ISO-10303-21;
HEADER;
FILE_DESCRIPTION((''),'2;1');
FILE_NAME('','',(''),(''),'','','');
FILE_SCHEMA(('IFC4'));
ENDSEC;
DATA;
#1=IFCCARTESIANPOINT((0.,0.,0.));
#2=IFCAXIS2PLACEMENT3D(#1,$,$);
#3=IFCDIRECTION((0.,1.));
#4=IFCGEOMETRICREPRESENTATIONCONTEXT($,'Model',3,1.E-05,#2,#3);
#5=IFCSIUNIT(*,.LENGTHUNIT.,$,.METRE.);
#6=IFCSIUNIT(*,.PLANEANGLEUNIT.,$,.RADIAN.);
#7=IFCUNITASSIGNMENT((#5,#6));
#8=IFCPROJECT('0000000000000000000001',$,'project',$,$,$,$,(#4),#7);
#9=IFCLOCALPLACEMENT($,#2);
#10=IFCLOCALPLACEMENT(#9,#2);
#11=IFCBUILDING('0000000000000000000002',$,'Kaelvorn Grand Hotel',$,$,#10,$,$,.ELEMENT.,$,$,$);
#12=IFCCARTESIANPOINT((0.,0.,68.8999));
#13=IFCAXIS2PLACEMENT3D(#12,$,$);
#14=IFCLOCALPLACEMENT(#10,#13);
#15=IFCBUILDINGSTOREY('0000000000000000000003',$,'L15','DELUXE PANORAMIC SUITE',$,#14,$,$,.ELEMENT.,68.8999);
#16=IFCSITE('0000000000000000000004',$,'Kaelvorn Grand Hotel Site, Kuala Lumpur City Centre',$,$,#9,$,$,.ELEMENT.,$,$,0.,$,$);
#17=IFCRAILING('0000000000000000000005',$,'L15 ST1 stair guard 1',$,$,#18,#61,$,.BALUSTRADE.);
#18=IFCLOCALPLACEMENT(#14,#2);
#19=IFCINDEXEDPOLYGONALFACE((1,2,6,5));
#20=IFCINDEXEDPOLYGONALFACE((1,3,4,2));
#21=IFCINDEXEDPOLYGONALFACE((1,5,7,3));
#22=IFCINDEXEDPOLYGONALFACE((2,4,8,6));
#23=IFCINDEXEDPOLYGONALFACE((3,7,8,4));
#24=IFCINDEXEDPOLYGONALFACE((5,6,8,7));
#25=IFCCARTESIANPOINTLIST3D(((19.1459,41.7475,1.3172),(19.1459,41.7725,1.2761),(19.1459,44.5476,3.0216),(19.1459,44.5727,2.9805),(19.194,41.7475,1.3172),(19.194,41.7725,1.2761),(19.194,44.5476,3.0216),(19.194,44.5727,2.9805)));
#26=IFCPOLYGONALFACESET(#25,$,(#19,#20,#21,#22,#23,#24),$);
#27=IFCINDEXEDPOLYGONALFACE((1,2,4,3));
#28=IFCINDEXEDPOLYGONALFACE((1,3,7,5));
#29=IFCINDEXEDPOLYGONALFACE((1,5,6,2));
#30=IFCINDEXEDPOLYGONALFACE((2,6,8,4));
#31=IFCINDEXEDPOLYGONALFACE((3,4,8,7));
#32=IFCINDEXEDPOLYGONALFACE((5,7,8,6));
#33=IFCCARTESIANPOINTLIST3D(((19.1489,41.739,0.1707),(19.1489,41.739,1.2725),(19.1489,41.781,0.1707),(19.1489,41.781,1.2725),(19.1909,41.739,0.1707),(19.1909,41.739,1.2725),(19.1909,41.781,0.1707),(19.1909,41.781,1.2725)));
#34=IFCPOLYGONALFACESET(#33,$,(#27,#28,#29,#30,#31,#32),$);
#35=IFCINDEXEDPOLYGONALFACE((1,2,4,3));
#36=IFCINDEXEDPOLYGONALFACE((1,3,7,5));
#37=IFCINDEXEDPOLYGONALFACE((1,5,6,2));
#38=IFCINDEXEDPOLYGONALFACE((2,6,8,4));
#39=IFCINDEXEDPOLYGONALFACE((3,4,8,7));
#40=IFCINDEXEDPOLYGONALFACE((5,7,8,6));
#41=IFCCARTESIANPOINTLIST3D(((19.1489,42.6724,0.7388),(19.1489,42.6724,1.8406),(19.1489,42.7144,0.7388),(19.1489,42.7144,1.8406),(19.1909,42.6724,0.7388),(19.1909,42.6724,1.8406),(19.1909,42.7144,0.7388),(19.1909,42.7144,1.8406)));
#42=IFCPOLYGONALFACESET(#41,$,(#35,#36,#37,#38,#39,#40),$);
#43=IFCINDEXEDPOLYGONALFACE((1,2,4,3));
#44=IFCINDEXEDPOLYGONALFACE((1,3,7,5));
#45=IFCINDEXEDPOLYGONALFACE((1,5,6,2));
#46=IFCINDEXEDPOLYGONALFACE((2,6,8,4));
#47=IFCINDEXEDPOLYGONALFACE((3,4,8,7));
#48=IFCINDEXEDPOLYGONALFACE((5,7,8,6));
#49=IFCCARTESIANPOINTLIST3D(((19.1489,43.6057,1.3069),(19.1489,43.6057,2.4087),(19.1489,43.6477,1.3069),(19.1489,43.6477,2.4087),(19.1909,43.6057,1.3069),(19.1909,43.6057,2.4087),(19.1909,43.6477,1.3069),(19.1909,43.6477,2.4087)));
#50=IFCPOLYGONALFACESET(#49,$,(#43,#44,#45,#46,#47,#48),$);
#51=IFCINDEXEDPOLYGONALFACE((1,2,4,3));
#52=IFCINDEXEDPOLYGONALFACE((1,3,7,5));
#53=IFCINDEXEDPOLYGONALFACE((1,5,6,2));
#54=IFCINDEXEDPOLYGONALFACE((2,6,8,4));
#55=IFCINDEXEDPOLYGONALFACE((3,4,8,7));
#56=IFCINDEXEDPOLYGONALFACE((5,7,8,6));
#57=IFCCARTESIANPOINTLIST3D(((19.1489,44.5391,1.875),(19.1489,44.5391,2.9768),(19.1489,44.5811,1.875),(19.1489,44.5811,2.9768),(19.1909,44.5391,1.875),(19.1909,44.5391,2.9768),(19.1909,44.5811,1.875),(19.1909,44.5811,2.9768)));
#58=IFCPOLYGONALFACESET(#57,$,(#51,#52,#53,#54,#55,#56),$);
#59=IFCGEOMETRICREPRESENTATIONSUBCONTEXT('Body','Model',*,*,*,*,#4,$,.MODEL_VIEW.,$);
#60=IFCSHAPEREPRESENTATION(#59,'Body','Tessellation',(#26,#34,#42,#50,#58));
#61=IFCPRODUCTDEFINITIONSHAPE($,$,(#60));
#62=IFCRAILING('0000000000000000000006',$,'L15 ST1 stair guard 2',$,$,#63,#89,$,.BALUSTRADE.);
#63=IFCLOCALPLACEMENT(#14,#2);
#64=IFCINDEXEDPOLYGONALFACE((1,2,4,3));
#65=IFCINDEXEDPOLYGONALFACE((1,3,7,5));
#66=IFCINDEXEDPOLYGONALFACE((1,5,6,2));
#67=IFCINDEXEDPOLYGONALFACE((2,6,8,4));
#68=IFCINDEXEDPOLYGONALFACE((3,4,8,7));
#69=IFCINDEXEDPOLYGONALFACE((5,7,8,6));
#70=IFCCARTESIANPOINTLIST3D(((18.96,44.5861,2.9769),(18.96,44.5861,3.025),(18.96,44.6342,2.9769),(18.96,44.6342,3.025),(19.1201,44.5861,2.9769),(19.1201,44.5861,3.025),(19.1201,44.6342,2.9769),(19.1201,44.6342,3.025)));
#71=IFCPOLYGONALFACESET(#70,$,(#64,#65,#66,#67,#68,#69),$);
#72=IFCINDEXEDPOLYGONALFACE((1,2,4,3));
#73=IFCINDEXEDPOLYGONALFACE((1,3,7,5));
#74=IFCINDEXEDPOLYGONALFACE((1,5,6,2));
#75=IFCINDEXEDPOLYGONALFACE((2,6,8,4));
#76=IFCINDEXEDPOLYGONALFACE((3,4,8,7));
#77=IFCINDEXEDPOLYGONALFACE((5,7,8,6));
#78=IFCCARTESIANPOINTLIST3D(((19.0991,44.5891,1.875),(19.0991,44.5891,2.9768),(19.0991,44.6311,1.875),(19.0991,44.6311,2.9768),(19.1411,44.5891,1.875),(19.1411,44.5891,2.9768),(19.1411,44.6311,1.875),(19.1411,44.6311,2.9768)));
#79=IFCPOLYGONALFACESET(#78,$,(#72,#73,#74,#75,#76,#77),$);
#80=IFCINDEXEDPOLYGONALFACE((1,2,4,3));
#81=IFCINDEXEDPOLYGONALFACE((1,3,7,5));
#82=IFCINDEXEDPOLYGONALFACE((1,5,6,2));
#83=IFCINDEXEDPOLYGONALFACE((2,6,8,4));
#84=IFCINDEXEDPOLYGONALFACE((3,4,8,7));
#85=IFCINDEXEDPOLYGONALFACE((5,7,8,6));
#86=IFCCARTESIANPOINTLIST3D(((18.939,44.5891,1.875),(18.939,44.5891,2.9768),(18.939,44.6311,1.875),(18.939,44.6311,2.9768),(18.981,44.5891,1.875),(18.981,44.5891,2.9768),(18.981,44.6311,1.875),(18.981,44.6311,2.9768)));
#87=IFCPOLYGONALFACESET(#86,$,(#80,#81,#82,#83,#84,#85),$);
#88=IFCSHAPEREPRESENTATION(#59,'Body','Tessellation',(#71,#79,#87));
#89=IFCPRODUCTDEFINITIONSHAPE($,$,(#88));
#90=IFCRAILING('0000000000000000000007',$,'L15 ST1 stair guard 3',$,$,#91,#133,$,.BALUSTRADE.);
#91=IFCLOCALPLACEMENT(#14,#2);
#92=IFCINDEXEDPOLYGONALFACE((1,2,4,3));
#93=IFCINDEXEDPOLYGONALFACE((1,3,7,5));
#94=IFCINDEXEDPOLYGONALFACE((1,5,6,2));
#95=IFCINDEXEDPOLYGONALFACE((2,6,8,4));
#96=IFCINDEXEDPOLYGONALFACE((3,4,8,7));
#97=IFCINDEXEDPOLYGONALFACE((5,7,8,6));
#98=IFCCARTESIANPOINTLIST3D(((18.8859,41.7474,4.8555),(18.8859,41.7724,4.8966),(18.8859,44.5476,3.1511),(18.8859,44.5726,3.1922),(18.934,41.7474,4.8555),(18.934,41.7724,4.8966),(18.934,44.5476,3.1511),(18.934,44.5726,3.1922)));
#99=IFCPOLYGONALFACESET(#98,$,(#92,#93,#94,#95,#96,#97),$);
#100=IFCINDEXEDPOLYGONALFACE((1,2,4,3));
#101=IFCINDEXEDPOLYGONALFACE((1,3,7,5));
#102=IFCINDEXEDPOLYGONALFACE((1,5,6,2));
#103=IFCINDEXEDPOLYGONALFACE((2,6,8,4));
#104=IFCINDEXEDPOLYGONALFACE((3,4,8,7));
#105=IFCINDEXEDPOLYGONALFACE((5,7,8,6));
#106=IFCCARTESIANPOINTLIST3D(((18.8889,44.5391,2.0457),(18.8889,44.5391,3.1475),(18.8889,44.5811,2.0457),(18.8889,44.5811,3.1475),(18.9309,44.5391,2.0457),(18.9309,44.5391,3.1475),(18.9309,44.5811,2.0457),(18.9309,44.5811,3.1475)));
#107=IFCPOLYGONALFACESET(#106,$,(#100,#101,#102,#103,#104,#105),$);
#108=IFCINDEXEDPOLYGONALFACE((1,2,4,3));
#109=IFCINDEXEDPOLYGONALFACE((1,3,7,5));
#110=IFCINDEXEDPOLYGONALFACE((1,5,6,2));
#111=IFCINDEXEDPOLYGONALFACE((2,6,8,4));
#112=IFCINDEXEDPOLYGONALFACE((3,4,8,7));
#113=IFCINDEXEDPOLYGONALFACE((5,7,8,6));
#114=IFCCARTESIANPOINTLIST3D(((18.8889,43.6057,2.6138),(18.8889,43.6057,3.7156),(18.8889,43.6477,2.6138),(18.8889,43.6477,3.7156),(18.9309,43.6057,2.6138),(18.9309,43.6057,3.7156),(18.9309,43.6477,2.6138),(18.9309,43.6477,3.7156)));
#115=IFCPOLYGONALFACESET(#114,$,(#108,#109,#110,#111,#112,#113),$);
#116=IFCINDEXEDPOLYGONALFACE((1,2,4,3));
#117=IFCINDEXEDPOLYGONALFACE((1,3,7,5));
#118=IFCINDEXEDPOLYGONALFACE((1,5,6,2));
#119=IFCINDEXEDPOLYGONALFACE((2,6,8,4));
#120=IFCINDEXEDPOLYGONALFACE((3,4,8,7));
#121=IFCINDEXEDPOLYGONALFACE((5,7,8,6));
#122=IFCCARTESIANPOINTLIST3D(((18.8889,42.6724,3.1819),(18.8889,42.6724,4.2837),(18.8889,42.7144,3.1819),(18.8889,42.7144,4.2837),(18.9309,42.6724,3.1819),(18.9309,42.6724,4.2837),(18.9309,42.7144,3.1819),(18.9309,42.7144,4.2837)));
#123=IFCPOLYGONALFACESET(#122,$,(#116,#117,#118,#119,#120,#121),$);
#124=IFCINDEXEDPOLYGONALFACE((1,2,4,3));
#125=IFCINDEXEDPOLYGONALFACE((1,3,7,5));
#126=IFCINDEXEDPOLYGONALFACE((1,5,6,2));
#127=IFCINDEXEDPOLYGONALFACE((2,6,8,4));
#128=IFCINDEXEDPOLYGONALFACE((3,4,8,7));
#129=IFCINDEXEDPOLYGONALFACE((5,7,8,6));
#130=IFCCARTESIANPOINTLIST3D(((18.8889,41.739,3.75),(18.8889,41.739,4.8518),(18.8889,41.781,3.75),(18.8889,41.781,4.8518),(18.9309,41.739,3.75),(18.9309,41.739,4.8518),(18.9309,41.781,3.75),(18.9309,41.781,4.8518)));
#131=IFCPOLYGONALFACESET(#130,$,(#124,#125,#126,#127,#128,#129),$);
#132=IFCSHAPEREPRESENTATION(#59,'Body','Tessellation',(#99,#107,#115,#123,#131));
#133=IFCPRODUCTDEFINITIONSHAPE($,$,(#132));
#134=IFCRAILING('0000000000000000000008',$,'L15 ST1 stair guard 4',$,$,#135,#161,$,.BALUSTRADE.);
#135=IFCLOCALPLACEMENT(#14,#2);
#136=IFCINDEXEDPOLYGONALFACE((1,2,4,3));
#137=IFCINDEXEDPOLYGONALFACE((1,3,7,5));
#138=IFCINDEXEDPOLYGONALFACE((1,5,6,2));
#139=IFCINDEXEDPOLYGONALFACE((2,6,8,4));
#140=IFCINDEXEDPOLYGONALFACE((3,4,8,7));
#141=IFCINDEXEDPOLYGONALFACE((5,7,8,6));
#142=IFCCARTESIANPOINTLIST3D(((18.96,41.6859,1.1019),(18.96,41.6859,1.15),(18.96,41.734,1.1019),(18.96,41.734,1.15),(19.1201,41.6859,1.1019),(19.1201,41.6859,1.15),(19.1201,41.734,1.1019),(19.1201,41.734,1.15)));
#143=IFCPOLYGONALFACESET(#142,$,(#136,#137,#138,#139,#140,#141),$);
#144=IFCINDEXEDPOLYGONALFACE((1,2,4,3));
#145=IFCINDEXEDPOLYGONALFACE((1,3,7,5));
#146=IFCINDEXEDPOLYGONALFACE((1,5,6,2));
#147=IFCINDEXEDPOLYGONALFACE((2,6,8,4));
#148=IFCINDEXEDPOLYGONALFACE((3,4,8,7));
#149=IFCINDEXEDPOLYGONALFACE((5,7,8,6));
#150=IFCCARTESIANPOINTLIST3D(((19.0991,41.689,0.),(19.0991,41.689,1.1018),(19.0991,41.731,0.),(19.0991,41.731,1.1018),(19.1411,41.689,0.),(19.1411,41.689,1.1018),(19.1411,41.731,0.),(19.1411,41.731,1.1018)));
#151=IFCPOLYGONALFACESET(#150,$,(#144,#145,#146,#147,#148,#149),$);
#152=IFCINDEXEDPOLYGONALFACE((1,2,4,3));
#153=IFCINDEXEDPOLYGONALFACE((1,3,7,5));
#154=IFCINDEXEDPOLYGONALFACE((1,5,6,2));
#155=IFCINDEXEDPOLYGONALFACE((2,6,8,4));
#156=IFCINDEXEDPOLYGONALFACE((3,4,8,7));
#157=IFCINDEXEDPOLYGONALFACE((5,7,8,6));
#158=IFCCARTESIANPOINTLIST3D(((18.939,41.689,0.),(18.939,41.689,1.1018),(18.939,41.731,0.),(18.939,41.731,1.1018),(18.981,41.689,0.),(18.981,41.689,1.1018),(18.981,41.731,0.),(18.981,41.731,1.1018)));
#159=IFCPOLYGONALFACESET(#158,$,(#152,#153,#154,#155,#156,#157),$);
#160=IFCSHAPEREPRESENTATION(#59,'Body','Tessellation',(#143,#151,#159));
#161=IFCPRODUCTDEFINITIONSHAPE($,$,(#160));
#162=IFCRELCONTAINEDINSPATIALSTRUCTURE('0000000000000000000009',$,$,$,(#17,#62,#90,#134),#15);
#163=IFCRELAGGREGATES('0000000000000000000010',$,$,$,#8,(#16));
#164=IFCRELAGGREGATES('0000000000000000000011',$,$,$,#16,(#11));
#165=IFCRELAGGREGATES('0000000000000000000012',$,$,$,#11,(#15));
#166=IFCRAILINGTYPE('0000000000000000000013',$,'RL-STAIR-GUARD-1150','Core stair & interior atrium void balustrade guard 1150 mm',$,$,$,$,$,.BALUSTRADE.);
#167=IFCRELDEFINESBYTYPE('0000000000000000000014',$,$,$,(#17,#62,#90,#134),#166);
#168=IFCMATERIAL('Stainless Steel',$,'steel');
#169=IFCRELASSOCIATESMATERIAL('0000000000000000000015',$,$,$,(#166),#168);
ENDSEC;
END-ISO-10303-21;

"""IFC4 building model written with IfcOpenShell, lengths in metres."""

from ifc_helpers import new_model, si_unit, direction, frame, origin, origin_2d, place, context, subcontext, project, spatial, rectangle, extrude, material, type_object, element, save


model = new_model("IFC4")

# Units and contexts
model_context = context("Model", 3, precision=1e-05, world=origin(), true_north=direction((0.0, 1.0)))
body_context = subcontext(model_context, "Body", "Model", "MODEL_VIEW")
ifc_project = project(units=[si_unit("LENGTHUNIT", "METRE"), si_unit("PLANEANGLEUNIT", "RADIAN")], contexts=[model_context])

# Site, building, storey
site_placement = place(None, origin())
site = spatial("IfcSite", under=ifc_project, at=site_placement, Name="Kaelvorn Grand Hotel Site, Kuala Lumpur City Centre", CompositionType="ELEMENT", RefElevation=0.0)
building_placement = place(site_placement, origin())
building = spatial("IfcBuilding", under=site, at=building_placement, Name="Kaelvorn Grand Hotel", CompositionType="ELEMENT")
storey_placement = place(building_placement, frame((0.0, 0.0, 68.8999)))
storey = spatial("IfcBuildingStorey", under=building, at=storey_placement, Name="L15", Description="DELUXE PANORAMIC SUITE", CompositionType="ELEMENT", Elevation=68.8999)

# Railings
ifc_material_1 = material(Name="Stainless Steel", Category="steel")
railing_type_1 = type_object("IfcRailingType", Name="RL-STAIR-GUARD-1150", Description="Core stair & interior atrium void balustrade guard 1150 mm", PredefinedType="BALUSTRADE", material=ifc_material_1)
railing_1_placement = place(storey_placement, frame((19.1699, 41.76, 0.1707)))
element("IfcRailing", 1, at=railing_1_placement, inside=storey, type_object=railing_type_1, Name="L15 ST1 stair guard 1", PredefinedType="BALUSTRADE", context=body_context, shape_type="SweptSolid", body=[
    extrude(rectangle(XDim=0.0481, YDim=0.0481, at=origin_2d()), frame((0.0, 0.0, 1.126), z_axis=(0.0, 0.854203, 0.51994), x_axis=(-1.0, 0.0, 0.0)), (0.0, 0.0, 1.0), 3.2781),
    extrude(rectangle(XDim=0.042, YDim=0.042, at=origin_2d()), origin(), (0.0, 0.0, 1.0), 1.1018),
    extrude(rectangle(XDim=0.042, YDim=0.042, at=origin_2d()), frame((0.0, 0.9333, 0.5681)), (0.0, 0.0, 1.0), 1.1018),
    extrude(rectangle(XDim=0.042, YDim=0.042, at=origin_2d()), frame((0.0, 1.8667, 1.1362)), (0.0, 0.0, 1.0), 1.1018),
    extrude(rectangle(XDim=0.042, YDim=0.042, at=origin_2d()), frame((0.0, 2.8, 1.7043)), (0.0, 0.0, 1.0), 1.1018),
])
railing_2_placement = place(storey_placement, frame((19.1201, 44.6101, 1.875)))
element("IfcRailing", 2, at=railing_2_placement, inside=storey, type_object=railing_type_1, Name="L15 ST1 stair guard 2", PredefinedType="BALUSTRADE", context=body_context, shape_type="SweptSolid", body=[
    extrude(rectangle(XDim=0.0481, YDim=0.0481, at=origin_2d()), frame((0.0, 0.0, 1.126), z_axis=(-1.0, 0.0, 0.0), x_axis=(0.0, -1.0, 0.0)), (0.0, 0.0, 1.0), 0.1602),
    extrude(rectangle(XDim=0.042, YDim=0.042, at=origin_2d()), origin(), (0.0, 0.0, 1.0), 1.1018),
    extrude(rectangle(XDim=0.042, YDim=0.042, at=origin_2d()), frame((-0.1602, 0.0, 0.0)), (0.0, 0.0, 1.0), 1.1018),
])
railing_3_placement = place(storey_placement, frame((18.9099, 44.5601, 2.0457)))
element("IfcRailing", 3, at=railing_3_placement, inside=storey, type_object=railing_type_1, Name="L15 ST1 stair guard 3", PredefinedType="BALUSTRADE", context=body_context, shape_type="SweptSolid", body=[
    extrude(rectangle(XDim=0.0481, YDim=0.0481, at=origin_2d()), frame((0.0, 0.0, 1.126), z_axis=(0.0, -0.854203, 0.51994), x_axis=(1.0, 0.0, 0.0)), (0.0, 0.0, 1.0), 3.2781),
    extrude(rectangle(XDim=0.042, YDim=0.042, at=origin_2d()), origin(), (0.0, 0.0, 1.0), 1.1018),
    extrude(rectangle(XDim=0.042, YDim=0.042, at=origin_2d()), frame((0.0, -0.9333, 0.5681)), (0.0, 0.0, 1.0), 1.1018),
    extrude(rectangle(XDim=0.042, YDim=0.042, at=origin_2d()), frame((0.0, -1.8667, 1.1362)), (0.0, 0.0, 1.0), 1.1018),
    extrude(rectangle(XDim=0.042, YDim=0.042, at=origin_2d()), frame((0.0, -2.8, 1.7043)), (0.0, 0.0, 1.0), 1.1018),
])
railing_4_placement = place(storey_placement, frame((19.1201, 41.71, 0.0)))
element("IfcRailing", 4, at=railing_4_placement, inside=storey, type_object=railing_type_1, Name="L15 ST1 stair guard 4", PredefinedType="BALUSTRADE", context=body_context, shape_type="SweptSolid", body=[
    extrude(rectangle(XDim=0.0481, YDim=0.0481, at=origin_2d()), frame((0.0, 0.0, 1.126), z_axis=(-1.0, 0.0, 0.0), x_axis=(0.0, -1.0, 0.0)), (0.0, 0.0, 1.0), 0.1602),
    extrude(rectangle(XDim=0.042, YDim=0.042, at=origin_2d()), origin(), (0.0, 0.0, 1.0), 1.1018),
    extrude(rectangle(XDim=0.042, YDim=0.042, at=origin_2d()), frame((-0.1602, 0.0, 0.0)), (0.0, 0.0, 1.0), 1.1018),
])

save(model, "model.ifc")
